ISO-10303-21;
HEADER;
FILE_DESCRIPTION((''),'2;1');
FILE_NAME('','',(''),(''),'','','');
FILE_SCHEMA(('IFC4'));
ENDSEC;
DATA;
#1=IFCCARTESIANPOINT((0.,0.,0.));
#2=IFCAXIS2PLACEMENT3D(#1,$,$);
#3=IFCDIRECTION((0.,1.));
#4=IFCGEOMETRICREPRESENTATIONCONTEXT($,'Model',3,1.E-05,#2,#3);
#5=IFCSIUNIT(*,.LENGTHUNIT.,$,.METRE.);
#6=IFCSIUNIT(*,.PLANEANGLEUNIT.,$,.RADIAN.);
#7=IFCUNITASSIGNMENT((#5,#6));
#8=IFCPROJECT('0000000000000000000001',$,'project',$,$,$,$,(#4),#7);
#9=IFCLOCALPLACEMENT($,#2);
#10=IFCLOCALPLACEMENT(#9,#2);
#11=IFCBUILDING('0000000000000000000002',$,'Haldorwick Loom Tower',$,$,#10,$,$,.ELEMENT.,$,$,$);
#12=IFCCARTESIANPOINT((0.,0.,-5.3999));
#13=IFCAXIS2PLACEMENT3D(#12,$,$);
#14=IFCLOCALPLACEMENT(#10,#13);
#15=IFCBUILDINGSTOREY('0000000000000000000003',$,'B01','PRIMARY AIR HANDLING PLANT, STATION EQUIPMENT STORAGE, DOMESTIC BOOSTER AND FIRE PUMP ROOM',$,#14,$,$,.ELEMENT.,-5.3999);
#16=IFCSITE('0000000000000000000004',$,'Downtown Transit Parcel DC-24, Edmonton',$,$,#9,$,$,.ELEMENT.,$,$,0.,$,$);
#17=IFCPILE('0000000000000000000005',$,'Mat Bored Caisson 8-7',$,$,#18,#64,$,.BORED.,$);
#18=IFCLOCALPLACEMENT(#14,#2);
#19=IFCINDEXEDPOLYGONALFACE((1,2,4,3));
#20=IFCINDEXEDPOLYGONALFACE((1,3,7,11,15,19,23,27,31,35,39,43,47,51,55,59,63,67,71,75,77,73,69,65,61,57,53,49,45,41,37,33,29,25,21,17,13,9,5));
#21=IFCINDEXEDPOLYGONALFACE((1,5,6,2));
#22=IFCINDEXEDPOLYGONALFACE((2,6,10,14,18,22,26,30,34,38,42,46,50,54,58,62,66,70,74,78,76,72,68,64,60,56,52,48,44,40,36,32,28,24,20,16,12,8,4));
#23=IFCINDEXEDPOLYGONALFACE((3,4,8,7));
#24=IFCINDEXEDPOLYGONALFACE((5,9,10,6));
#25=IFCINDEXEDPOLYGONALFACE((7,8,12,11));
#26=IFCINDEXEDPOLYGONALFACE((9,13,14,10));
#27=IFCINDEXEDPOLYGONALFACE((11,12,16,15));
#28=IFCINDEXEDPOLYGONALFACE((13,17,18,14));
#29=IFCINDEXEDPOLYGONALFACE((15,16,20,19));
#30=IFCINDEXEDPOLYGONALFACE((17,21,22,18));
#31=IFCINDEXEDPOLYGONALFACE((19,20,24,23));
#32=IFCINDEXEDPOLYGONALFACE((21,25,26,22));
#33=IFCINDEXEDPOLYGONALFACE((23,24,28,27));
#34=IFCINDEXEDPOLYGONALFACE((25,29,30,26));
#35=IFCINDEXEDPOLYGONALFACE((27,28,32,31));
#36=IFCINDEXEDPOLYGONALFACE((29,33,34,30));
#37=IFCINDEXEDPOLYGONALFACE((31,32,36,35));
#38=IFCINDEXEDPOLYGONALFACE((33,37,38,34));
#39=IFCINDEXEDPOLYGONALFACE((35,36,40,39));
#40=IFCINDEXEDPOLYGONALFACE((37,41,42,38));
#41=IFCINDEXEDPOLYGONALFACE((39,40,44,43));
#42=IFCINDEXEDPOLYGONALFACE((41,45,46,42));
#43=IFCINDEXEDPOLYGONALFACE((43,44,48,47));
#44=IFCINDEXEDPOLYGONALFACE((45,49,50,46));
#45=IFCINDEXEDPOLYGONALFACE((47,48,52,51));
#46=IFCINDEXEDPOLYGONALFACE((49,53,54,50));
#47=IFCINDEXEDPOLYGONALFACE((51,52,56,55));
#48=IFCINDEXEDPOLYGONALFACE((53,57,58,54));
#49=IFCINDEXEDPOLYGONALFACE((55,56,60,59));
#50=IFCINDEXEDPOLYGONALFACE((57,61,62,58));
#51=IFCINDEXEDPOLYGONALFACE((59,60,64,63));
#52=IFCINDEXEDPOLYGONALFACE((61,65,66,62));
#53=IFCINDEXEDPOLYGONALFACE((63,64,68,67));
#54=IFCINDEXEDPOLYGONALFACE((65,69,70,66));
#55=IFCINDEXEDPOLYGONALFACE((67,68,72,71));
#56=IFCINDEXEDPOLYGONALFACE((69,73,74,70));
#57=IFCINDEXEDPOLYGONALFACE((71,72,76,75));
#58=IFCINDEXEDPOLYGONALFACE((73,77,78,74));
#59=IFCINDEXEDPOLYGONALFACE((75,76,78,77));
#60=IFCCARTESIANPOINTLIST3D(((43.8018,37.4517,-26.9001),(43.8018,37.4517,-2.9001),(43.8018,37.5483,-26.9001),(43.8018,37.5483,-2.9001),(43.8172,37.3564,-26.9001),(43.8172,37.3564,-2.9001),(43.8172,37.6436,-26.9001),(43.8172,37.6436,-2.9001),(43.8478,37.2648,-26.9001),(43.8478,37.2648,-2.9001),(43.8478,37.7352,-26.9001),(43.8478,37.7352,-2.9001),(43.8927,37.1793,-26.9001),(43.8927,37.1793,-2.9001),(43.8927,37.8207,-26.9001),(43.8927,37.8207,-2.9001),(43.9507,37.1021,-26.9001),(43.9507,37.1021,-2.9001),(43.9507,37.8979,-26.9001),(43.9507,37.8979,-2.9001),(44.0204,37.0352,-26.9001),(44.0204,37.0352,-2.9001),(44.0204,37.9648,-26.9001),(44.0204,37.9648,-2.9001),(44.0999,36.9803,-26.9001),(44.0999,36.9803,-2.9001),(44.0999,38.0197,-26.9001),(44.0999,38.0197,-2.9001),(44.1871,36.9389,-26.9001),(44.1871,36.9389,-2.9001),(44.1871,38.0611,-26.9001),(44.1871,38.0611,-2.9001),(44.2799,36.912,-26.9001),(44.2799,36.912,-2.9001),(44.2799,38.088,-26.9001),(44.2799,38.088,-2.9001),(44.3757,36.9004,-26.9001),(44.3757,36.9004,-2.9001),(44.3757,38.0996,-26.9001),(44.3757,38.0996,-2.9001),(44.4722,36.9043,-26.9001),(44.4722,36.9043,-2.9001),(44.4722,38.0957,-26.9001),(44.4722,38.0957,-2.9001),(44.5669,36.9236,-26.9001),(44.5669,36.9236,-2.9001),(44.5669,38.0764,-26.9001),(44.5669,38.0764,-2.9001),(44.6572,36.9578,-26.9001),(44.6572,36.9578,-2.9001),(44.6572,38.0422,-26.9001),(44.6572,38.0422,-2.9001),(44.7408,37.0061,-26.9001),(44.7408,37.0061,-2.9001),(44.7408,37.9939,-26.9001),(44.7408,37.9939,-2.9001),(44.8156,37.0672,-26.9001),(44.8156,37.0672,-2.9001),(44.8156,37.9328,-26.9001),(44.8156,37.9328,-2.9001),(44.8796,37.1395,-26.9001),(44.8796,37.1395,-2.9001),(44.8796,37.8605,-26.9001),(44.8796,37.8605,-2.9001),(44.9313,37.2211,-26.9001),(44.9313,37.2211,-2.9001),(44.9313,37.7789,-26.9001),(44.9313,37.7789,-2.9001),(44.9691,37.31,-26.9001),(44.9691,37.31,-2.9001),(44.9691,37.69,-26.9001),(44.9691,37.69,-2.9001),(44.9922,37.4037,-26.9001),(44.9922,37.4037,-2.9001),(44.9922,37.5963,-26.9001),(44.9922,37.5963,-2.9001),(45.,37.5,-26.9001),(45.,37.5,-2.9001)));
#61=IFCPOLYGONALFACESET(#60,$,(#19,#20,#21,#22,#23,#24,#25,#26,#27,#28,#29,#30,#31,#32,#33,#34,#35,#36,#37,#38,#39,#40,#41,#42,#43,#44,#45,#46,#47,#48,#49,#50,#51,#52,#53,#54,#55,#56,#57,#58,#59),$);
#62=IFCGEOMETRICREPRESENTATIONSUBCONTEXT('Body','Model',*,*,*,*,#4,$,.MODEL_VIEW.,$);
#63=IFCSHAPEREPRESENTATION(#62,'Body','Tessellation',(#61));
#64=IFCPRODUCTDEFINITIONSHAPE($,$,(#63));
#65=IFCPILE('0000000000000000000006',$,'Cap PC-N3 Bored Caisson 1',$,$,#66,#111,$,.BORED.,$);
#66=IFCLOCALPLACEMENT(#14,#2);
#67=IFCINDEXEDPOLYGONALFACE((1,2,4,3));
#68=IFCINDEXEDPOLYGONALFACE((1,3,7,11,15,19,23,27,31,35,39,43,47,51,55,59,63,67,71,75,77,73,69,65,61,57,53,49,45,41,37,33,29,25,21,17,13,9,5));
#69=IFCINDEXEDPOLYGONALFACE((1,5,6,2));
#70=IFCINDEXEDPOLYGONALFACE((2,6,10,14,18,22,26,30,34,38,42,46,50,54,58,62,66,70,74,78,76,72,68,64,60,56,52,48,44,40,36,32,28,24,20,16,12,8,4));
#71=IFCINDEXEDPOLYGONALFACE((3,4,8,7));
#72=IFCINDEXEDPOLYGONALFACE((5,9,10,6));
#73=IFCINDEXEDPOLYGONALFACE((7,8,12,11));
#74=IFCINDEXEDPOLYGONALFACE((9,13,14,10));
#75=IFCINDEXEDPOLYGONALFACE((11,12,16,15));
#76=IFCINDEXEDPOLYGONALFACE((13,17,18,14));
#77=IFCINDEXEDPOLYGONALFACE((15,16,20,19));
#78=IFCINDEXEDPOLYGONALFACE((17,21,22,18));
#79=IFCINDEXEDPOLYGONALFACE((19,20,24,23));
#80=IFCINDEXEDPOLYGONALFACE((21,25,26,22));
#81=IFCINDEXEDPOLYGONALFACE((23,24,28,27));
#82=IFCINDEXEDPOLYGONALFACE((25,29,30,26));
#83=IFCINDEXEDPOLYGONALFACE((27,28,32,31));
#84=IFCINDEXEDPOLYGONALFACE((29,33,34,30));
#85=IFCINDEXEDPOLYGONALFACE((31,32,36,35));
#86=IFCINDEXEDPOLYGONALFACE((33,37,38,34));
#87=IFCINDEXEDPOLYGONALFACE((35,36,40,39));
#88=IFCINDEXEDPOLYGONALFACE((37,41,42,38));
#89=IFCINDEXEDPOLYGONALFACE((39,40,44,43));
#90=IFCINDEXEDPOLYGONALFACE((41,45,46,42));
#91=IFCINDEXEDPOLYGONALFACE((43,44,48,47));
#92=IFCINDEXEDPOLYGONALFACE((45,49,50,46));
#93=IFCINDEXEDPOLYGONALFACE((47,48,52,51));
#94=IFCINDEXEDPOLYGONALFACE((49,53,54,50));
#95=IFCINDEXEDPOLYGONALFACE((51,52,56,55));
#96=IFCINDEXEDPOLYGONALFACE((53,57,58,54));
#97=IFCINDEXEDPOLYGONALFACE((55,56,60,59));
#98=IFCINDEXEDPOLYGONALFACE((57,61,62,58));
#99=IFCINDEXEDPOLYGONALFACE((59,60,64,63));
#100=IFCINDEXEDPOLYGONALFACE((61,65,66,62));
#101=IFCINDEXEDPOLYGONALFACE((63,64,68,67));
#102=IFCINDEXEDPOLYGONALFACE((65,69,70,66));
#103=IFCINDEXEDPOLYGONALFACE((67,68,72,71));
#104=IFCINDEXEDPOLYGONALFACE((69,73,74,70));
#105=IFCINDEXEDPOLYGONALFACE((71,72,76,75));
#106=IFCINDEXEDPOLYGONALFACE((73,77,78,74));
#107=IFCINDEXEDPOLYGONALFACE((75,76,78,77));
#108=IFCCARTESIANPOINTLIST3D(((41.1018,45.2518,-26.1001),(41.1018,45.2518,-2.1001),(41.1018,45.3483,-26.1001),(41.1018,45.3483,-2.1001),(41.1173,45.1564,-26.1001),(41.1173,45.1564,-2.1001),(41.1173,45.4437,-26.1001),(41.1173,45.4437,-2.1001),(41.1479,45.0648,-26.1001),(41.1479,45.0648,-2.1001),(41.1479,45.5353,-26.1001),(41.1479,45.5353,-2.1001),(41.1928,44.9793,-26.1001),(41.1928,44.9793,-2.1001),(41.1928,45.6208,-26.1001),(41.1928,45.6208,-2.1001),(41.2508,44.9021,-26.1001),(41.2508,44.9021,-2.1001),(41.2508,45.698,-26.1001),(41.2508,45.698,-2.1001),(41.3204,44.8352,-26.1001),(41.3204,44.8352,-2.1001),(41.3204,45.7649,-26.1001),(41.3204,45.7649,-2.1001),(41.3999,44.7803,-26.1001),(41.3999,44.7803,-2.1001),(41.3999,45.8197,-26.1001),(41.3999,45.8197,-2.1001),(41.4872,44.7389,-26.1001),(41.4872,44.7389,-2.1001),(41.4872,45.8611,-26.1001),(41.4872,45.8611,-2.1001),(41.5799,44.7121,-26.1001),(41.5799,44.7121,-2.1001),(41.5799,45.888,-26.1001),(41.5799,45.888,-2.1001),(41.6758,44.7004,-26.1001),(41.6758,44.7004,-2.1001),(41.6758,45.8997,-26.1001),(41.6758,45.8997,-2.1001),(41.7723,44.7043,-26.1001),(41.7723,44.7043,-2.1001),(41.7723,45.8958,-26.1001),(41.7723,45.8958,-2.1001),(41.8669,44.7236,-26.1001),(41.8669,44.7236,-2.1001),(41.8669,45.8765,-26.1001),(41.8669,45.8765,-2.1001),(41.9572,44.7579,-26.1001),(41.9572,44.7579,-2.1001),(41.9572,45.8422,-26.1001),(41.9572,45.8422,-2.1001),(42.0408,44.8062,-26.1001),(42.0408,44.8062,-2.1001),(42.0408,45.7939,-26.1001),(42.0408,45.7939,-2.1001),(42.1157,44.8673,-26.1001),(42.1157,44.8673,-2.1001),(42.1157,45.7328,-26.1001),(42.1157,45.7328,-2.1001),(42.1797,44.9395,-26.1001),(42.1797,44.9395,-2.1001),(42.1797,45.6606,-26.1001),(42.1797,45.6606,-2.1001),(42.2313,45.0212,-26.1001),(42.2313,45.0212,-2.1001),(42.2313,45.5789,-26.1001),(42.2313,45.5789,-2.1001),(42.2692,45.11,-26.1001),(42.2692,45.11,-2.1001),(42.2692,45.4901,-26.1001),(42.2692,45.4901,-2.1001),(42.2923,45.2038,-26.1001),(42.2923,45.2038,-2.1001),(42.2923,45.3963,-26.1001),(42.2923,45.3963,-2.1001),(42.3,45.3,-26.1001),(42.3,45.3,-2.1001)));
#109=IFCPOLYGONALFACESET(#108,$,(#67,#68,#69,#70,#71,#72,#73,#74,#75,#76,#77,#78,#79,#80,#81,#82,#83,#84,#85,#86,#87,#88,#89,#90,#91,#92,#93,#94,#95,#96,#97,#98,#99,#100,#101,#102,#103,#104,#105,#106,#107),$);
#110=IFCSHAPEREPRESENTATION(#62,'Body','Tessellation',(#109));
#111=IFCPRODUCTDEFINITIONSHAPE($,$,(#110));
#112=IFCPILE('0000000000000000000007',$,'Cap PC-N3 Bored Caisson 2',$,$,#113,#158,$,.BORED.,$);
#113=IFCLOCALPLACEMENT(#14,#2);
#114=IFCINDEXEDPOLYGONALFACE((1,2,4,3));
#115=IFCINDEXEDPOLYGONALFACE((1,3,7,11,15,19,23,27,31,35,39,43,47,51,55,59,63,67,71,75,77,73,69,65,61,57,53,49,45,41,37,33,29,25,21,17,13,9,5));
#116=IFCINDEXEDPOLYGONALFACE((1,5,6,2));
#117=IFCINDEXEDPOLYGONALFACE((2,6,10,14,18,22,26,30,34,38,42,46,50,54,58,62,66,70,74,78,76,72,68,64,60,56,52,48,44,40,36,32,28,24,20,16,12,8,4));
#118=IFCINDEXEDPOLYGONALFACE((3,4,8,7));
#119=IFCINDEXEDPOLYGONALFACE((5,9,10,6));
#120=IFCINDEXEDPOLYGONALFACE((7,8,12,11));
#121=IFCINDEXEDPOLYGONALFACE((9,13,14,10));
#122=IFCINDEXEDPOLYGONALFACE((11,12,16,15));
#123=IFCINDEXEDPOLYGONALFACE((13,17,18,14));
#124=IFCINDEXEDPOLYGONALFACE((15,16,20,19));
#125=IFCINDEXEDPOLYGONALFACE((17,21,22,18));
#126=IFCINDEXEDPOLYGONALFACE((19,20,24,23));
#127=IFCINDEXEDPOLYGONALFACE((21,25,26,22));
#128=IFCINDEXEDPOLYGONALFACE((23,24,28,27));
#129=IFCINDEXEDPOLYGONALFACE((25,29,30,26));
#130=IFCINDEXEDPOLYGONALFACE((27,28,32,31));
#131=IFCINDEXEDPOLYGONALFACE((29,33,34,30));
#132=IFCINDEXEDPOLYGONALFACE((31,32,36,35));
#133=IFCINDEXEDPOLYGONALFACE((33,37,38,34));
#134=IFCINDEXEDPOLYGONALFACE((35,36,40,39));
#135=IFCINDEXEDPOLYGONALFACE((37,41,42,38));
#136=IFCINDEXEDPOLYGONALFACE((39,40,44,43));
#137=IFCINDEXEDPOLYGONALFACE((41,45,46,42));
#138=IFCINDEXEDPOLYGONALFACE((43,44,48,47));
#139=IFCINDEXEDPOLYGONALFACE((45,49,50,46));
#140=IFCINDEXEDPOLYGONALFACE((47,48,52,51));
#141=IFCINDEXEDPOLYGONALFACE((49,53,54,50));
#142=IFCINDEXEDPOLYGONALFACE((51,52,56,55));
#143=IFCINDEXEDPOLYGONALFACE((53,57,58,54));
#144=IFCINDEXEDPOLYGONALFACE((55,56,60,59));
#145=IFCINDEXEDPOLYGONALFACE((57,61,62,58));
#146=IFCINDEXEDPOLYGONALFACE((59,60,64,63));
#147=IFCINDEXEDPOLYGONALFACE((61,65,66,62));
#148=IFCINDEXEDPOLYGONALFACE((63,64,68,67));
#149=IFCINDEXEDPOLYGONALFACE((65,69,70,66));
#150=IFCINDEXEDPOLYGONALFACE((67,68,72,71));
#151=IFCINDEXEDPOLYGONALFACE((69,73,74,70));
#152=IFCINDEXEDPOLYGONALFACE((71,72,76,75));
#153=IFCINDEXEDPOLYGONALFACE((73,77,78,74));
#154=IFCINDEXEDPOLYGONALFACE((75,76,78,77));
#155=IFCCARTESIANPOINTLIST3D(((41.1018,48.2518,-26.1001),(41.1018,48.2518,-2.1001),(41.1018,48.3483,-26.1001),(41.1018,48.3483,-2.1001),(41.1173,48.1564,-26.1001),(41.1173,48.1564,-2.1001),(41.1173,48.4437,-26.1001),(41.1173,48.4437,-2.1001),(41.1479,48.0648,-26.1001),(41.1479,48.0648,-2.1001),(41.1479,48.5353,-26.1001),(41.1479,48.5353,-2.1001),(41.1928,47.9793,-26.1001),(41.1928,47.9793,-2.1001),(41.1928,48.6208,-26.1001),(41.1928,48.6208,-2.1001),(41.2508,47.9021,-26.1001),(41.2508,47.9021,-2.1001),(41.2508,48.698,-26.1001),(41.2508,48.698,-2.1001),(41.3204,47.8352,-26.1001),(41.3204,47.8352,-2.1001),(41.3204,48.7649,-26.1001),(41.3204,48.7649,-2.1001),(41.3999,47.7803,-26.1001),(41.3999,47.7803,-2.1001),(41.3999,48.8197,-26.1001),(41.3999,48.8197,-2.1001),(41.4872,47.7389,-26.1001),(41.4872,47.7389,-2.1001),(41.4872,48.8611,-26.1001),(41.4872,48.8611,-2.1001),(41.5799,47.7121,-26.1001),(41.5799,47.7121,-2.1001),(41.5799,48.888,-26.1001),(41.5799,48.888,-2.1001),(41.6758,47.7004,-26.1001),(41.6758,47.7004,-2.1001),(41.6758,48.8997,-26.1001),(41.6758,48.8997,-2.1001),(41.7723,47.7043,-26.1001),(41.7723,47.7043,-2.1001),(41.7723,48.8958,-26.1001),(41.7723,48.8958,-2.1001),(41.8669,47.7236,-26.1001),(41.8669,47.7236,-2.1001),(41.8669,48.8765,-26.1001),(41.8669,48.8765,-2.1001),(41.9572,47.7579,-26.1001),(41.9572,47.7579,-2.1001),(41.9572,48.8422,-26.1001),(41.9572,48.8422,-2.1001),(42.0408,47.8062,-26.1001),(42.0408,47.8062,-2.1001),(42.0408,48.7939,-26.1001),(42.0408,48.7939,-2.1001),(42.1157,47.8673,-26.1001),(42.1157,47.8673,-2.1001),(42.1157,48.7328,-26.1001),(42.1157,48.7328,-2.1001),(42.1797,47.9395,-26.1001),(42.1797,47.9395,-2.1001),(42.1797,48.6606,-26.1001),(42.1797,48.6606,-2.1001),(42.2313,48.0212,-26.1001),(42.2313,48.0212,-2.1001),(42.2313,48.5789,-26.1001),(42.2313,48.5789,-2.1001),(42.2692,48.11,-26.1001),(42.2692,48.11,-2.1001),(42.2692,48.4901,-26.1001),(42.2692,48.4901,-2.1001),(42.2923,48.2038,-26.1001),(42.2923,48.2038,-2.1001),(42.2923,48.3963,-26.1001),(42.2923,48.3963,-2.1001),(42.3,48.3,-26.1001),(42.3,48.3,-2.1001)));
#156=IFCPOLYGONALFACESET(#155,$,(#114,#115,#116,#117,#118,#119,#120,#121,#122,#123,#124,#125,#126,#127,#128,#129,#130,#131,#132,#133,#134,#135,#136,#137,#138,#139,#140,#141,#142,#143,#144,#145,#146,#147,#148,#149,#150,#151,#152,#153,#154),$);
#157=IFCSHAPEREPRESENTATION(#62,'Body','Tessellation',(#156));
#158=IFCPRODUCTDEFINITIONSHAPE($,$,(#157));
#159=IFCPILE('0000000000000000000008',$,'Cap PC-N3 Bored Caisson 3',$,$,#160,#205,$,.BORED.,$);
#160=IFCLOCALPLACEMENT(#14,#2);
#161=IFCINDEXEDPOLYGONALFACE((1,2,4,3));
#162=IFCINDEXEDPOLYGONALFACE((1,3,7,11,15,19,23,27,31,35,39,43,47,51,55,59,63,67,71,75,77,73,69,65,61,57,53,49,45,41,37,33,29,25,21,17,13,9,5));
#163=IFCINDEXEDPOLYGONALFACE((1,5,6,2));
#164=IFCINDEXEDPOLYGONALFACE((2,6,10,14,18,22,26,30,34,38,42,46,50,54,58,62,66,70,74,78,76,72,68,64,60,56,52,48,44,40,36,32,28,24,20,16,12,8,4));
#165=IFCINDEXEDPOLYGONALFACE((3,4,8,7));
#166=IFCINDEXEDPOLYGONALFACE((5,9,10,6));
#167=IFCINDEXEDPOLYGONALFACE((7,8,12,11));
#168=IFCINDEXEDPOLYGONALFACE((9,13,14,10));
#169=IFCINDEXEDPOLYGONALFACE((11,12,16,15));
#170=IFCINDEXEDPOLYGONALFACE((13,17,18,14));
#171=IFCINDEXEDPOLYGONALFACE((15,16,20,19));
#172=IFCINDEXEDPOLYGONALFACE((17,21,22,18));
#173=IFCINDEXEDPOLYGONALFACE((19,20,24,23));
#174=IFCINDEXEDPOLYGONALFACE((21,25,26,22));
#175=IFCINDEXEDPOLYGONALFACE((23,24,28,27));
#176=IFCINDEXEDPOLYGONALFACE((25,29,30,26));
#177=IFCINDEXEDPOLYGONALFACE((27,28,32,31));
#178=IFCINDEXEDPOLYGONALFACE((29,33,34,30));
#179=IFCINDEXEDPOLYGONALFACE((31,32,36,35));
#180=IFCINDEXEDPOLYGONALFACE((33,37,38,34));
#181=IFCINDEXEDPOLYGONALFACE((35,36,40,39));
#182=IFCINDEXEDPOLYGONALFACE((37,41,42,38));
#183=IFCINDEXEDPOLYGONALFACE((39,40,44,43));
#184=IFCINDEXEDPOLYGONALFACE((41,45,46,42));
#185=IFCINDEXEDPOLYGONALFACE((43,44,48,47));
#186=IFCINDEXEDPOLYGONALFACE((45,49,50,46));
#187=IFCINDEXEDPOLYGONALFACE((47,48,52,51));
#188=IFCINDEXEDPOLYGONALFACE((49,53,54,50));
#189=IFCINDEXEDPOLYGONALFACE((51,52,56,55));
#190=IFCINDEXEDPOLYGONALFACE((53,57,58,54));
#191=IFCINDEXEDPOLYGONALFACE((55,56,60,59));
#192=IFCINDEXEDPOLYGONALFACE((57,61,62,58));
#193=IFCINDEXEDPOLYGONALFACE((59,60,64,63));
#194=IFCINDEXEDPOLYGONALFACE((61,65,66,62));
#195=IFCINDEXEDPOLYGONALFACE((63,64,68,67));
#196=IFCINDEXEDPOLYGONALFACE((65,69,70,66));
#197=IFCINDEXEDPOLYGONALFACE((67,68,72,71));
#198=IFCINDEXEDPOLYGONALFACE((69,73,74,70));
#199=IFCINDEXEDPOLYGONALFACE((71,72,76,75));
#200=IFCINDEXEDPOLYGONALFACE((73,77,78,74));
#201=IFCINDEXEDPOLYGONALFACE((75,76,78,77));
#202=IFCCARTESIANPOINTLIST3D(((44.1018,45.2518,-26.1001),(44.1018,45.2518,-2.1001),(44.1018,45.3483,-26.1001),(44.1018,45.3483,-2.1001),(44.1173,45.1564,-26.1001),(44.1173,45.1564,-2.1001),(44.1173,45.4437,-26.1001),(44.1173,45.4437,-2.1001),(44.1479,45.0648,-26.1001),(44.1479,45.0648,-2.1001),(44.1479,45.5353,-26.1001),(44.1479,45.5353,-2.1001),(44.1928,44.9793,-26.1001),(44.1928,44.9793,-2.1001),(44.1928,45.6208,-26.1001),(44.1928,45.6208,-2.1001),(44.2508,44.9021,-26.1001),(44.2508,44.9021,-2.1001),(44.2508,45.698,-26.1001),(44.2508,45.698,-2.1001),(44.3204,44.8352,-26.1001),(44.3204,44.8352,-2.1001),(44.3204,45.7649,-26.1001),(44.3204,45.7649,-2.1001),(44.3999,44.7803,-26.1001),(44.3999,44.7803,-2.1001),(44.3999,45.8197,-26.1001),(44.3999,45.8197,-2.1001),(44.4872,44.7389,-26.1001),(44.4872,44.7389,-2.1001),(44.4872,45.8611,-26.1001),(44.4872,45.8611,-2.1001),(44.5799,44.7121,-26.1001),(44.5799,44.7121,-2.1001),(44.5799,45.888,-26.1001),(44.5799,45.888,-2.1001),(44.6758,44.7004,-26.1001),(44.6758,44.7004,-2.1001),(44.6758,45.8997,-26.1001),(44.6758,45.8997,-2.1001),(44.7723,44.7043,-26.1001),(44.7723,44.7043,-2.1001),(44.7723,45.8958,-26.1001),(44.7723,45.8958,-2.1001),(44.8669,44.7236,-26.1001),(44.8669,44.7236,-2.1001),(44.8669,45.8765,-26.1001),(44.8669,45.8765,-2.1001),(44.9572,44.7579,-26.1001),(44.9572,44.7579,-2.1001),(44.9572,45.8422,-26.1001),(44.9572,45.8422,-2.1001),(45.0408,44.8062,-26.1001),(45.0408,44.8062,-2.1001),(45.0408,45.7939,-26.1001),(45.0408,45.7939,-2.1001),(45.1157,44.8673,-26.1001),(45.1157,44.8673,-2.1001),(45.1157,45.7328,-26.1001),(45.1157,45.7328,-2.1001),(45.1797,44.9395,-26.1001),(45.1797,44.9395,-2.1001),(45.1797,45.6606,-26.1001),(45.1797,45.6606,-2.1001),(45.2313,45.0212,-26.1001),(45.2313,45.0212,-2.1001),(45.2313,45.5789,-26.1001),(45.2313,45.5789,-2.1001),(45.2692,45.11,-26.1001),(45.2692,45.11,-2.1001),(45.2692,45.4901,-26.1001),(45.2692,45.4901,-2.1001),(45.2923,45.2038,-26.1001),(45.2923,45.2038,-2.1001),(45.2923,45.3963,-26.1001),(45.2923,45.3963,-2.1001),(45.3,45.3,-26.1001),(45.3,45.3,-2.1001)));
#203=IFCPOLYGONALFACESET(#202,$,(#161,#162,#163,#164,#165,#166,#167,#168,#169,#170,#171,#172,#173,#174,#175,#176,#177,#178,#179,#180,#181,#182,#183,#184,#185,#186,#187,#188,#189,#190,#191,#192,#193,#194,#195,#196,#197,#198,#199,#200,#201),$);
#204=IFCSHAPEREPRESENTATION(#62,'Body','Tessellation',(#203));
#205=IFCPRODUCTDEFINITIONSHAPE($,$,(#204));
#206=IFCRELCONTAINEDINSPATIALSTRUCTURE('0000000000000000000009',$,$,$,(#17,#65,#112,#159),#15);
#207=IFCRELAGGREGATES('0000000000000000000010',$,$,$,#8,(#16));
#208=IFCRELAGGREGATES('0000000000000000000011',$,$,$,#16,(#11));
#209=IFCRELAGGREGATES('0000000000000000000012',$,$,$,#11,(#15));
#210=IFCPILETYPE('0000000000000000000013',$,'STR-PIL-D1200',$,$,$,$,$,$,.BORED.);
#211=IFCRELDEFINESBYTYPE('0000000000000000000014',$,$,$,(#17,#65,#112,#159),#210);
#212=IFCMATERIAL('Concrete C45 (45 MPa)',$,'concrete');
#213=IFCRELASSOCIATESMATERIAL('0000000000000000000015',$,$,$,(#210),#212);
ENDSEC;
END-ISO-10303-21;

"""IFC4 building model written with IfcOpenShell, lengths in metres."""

from ifc_helpers import new_model, si_unit, direction, frame, origin, origin_2d, place, context, subcontext, project, spatial, circle, extrude, material, material_profile, profile_set, type_object, element, save


model = new_model("IFC4")

# Units and contexts
model_context = context("Model", 3, precision=1e-05, world=origin(), true_north=direction((0.0, 1.0)))
body_context = subcontext(model_context, "Body", "Model", "MODEL_VIEW")
ifc_project = project(units=[si_unit("LENGTHUNIT", "METRE"), si_unit("PLANEANGLEUNIT", "RADIAN")], contexts=[model_context])

# Site, building, storey
site_placement = place(None, origin())
site = spatial("IfcSite", under=ifc_project, at=site_placement, Name="Downtown Transit Parcel DC-24, Edmonton", CompositionType="ELEMENT", RefElevation=0.0)
building_placement = place(site_placement, origin())
building = spatial("IfcBuilding", under=site, at=building_placement, Name="Haldorwick Loom Tower", CompositionType="ELEMENT")
storey_placement = place(building_placement, frame((0.0, 0.0, -5.3999)))
storey = spatial("IfcBuildingStorey", under=building, at=storey_placement, Name="B01", Description="PRIMARY AIR HANDLING PLANT, STATION EQUIPMENT STORAGE, DOMESTIC BOOSTER AND FIRE PUMP ROOM", CompositionType="ELEMENT", Elevation=-5.3999)

# Shared definitions
ifc_material_1 = material(Name="Concrete C45 (45 MPa)", Category="concrete")

# Piles
ifc_material_profile_1 = material_profile(ifc_material_1, circle(Radius=0.6001, at=origin_2d()), Name="CAISSON_D1200", Category="concrete")
ifc_profile_set_1 = profile_set([ifc_material_profile_1], Name="Concrete C45 (45 MPa)")
pile_type = type_object("IfcPileType", Name="STR-PIL-D1200", PredefinedType="BORED", material=ifc_profile_set_1)
for number, where, z_axis, x_axis, name in (
    (1, (44.3999, 37.5, -2.9001), (0.0, 0.0, -1.0), (1.0, 0.0, 0.0), "Mat Bored Caisson 8-7"),
    (2, (41.7, 45.3, -2.1001), (0.0, 0.0, -1.0), (1.0, 0.0, 0.0), "Cap PC-N3 Bored Caisson 1"),
    (3, (41.7, 48.3, -2.1001), (0.0, 0.0, -1.0), (1.0, 0.0, 0.0), "Cap PC-N3 Bored Caisson 2"),
    (4, (44.7, 45.3, -2.1001), (0.0, 0.0, -1.0), (1.0, 0.0, 0.0), "Cap PC-N3 Bored Caisson 3"),
):
    element("IfcPile", number, at=place(storey_placement, frame(where, z_axis=z_axis, x_axis=x_axis)), inside=storey, type_object=pile_type, Name=name, PredefinedType="BORED", context=body_context, shape_type="SweptSolid", body=[
        extrude(circle(Radius=0.6001, at=origin_2d()), origin(), (0.0, 0.0, 1.0), 24.0),
    ])

save(model, "model.ifc")
